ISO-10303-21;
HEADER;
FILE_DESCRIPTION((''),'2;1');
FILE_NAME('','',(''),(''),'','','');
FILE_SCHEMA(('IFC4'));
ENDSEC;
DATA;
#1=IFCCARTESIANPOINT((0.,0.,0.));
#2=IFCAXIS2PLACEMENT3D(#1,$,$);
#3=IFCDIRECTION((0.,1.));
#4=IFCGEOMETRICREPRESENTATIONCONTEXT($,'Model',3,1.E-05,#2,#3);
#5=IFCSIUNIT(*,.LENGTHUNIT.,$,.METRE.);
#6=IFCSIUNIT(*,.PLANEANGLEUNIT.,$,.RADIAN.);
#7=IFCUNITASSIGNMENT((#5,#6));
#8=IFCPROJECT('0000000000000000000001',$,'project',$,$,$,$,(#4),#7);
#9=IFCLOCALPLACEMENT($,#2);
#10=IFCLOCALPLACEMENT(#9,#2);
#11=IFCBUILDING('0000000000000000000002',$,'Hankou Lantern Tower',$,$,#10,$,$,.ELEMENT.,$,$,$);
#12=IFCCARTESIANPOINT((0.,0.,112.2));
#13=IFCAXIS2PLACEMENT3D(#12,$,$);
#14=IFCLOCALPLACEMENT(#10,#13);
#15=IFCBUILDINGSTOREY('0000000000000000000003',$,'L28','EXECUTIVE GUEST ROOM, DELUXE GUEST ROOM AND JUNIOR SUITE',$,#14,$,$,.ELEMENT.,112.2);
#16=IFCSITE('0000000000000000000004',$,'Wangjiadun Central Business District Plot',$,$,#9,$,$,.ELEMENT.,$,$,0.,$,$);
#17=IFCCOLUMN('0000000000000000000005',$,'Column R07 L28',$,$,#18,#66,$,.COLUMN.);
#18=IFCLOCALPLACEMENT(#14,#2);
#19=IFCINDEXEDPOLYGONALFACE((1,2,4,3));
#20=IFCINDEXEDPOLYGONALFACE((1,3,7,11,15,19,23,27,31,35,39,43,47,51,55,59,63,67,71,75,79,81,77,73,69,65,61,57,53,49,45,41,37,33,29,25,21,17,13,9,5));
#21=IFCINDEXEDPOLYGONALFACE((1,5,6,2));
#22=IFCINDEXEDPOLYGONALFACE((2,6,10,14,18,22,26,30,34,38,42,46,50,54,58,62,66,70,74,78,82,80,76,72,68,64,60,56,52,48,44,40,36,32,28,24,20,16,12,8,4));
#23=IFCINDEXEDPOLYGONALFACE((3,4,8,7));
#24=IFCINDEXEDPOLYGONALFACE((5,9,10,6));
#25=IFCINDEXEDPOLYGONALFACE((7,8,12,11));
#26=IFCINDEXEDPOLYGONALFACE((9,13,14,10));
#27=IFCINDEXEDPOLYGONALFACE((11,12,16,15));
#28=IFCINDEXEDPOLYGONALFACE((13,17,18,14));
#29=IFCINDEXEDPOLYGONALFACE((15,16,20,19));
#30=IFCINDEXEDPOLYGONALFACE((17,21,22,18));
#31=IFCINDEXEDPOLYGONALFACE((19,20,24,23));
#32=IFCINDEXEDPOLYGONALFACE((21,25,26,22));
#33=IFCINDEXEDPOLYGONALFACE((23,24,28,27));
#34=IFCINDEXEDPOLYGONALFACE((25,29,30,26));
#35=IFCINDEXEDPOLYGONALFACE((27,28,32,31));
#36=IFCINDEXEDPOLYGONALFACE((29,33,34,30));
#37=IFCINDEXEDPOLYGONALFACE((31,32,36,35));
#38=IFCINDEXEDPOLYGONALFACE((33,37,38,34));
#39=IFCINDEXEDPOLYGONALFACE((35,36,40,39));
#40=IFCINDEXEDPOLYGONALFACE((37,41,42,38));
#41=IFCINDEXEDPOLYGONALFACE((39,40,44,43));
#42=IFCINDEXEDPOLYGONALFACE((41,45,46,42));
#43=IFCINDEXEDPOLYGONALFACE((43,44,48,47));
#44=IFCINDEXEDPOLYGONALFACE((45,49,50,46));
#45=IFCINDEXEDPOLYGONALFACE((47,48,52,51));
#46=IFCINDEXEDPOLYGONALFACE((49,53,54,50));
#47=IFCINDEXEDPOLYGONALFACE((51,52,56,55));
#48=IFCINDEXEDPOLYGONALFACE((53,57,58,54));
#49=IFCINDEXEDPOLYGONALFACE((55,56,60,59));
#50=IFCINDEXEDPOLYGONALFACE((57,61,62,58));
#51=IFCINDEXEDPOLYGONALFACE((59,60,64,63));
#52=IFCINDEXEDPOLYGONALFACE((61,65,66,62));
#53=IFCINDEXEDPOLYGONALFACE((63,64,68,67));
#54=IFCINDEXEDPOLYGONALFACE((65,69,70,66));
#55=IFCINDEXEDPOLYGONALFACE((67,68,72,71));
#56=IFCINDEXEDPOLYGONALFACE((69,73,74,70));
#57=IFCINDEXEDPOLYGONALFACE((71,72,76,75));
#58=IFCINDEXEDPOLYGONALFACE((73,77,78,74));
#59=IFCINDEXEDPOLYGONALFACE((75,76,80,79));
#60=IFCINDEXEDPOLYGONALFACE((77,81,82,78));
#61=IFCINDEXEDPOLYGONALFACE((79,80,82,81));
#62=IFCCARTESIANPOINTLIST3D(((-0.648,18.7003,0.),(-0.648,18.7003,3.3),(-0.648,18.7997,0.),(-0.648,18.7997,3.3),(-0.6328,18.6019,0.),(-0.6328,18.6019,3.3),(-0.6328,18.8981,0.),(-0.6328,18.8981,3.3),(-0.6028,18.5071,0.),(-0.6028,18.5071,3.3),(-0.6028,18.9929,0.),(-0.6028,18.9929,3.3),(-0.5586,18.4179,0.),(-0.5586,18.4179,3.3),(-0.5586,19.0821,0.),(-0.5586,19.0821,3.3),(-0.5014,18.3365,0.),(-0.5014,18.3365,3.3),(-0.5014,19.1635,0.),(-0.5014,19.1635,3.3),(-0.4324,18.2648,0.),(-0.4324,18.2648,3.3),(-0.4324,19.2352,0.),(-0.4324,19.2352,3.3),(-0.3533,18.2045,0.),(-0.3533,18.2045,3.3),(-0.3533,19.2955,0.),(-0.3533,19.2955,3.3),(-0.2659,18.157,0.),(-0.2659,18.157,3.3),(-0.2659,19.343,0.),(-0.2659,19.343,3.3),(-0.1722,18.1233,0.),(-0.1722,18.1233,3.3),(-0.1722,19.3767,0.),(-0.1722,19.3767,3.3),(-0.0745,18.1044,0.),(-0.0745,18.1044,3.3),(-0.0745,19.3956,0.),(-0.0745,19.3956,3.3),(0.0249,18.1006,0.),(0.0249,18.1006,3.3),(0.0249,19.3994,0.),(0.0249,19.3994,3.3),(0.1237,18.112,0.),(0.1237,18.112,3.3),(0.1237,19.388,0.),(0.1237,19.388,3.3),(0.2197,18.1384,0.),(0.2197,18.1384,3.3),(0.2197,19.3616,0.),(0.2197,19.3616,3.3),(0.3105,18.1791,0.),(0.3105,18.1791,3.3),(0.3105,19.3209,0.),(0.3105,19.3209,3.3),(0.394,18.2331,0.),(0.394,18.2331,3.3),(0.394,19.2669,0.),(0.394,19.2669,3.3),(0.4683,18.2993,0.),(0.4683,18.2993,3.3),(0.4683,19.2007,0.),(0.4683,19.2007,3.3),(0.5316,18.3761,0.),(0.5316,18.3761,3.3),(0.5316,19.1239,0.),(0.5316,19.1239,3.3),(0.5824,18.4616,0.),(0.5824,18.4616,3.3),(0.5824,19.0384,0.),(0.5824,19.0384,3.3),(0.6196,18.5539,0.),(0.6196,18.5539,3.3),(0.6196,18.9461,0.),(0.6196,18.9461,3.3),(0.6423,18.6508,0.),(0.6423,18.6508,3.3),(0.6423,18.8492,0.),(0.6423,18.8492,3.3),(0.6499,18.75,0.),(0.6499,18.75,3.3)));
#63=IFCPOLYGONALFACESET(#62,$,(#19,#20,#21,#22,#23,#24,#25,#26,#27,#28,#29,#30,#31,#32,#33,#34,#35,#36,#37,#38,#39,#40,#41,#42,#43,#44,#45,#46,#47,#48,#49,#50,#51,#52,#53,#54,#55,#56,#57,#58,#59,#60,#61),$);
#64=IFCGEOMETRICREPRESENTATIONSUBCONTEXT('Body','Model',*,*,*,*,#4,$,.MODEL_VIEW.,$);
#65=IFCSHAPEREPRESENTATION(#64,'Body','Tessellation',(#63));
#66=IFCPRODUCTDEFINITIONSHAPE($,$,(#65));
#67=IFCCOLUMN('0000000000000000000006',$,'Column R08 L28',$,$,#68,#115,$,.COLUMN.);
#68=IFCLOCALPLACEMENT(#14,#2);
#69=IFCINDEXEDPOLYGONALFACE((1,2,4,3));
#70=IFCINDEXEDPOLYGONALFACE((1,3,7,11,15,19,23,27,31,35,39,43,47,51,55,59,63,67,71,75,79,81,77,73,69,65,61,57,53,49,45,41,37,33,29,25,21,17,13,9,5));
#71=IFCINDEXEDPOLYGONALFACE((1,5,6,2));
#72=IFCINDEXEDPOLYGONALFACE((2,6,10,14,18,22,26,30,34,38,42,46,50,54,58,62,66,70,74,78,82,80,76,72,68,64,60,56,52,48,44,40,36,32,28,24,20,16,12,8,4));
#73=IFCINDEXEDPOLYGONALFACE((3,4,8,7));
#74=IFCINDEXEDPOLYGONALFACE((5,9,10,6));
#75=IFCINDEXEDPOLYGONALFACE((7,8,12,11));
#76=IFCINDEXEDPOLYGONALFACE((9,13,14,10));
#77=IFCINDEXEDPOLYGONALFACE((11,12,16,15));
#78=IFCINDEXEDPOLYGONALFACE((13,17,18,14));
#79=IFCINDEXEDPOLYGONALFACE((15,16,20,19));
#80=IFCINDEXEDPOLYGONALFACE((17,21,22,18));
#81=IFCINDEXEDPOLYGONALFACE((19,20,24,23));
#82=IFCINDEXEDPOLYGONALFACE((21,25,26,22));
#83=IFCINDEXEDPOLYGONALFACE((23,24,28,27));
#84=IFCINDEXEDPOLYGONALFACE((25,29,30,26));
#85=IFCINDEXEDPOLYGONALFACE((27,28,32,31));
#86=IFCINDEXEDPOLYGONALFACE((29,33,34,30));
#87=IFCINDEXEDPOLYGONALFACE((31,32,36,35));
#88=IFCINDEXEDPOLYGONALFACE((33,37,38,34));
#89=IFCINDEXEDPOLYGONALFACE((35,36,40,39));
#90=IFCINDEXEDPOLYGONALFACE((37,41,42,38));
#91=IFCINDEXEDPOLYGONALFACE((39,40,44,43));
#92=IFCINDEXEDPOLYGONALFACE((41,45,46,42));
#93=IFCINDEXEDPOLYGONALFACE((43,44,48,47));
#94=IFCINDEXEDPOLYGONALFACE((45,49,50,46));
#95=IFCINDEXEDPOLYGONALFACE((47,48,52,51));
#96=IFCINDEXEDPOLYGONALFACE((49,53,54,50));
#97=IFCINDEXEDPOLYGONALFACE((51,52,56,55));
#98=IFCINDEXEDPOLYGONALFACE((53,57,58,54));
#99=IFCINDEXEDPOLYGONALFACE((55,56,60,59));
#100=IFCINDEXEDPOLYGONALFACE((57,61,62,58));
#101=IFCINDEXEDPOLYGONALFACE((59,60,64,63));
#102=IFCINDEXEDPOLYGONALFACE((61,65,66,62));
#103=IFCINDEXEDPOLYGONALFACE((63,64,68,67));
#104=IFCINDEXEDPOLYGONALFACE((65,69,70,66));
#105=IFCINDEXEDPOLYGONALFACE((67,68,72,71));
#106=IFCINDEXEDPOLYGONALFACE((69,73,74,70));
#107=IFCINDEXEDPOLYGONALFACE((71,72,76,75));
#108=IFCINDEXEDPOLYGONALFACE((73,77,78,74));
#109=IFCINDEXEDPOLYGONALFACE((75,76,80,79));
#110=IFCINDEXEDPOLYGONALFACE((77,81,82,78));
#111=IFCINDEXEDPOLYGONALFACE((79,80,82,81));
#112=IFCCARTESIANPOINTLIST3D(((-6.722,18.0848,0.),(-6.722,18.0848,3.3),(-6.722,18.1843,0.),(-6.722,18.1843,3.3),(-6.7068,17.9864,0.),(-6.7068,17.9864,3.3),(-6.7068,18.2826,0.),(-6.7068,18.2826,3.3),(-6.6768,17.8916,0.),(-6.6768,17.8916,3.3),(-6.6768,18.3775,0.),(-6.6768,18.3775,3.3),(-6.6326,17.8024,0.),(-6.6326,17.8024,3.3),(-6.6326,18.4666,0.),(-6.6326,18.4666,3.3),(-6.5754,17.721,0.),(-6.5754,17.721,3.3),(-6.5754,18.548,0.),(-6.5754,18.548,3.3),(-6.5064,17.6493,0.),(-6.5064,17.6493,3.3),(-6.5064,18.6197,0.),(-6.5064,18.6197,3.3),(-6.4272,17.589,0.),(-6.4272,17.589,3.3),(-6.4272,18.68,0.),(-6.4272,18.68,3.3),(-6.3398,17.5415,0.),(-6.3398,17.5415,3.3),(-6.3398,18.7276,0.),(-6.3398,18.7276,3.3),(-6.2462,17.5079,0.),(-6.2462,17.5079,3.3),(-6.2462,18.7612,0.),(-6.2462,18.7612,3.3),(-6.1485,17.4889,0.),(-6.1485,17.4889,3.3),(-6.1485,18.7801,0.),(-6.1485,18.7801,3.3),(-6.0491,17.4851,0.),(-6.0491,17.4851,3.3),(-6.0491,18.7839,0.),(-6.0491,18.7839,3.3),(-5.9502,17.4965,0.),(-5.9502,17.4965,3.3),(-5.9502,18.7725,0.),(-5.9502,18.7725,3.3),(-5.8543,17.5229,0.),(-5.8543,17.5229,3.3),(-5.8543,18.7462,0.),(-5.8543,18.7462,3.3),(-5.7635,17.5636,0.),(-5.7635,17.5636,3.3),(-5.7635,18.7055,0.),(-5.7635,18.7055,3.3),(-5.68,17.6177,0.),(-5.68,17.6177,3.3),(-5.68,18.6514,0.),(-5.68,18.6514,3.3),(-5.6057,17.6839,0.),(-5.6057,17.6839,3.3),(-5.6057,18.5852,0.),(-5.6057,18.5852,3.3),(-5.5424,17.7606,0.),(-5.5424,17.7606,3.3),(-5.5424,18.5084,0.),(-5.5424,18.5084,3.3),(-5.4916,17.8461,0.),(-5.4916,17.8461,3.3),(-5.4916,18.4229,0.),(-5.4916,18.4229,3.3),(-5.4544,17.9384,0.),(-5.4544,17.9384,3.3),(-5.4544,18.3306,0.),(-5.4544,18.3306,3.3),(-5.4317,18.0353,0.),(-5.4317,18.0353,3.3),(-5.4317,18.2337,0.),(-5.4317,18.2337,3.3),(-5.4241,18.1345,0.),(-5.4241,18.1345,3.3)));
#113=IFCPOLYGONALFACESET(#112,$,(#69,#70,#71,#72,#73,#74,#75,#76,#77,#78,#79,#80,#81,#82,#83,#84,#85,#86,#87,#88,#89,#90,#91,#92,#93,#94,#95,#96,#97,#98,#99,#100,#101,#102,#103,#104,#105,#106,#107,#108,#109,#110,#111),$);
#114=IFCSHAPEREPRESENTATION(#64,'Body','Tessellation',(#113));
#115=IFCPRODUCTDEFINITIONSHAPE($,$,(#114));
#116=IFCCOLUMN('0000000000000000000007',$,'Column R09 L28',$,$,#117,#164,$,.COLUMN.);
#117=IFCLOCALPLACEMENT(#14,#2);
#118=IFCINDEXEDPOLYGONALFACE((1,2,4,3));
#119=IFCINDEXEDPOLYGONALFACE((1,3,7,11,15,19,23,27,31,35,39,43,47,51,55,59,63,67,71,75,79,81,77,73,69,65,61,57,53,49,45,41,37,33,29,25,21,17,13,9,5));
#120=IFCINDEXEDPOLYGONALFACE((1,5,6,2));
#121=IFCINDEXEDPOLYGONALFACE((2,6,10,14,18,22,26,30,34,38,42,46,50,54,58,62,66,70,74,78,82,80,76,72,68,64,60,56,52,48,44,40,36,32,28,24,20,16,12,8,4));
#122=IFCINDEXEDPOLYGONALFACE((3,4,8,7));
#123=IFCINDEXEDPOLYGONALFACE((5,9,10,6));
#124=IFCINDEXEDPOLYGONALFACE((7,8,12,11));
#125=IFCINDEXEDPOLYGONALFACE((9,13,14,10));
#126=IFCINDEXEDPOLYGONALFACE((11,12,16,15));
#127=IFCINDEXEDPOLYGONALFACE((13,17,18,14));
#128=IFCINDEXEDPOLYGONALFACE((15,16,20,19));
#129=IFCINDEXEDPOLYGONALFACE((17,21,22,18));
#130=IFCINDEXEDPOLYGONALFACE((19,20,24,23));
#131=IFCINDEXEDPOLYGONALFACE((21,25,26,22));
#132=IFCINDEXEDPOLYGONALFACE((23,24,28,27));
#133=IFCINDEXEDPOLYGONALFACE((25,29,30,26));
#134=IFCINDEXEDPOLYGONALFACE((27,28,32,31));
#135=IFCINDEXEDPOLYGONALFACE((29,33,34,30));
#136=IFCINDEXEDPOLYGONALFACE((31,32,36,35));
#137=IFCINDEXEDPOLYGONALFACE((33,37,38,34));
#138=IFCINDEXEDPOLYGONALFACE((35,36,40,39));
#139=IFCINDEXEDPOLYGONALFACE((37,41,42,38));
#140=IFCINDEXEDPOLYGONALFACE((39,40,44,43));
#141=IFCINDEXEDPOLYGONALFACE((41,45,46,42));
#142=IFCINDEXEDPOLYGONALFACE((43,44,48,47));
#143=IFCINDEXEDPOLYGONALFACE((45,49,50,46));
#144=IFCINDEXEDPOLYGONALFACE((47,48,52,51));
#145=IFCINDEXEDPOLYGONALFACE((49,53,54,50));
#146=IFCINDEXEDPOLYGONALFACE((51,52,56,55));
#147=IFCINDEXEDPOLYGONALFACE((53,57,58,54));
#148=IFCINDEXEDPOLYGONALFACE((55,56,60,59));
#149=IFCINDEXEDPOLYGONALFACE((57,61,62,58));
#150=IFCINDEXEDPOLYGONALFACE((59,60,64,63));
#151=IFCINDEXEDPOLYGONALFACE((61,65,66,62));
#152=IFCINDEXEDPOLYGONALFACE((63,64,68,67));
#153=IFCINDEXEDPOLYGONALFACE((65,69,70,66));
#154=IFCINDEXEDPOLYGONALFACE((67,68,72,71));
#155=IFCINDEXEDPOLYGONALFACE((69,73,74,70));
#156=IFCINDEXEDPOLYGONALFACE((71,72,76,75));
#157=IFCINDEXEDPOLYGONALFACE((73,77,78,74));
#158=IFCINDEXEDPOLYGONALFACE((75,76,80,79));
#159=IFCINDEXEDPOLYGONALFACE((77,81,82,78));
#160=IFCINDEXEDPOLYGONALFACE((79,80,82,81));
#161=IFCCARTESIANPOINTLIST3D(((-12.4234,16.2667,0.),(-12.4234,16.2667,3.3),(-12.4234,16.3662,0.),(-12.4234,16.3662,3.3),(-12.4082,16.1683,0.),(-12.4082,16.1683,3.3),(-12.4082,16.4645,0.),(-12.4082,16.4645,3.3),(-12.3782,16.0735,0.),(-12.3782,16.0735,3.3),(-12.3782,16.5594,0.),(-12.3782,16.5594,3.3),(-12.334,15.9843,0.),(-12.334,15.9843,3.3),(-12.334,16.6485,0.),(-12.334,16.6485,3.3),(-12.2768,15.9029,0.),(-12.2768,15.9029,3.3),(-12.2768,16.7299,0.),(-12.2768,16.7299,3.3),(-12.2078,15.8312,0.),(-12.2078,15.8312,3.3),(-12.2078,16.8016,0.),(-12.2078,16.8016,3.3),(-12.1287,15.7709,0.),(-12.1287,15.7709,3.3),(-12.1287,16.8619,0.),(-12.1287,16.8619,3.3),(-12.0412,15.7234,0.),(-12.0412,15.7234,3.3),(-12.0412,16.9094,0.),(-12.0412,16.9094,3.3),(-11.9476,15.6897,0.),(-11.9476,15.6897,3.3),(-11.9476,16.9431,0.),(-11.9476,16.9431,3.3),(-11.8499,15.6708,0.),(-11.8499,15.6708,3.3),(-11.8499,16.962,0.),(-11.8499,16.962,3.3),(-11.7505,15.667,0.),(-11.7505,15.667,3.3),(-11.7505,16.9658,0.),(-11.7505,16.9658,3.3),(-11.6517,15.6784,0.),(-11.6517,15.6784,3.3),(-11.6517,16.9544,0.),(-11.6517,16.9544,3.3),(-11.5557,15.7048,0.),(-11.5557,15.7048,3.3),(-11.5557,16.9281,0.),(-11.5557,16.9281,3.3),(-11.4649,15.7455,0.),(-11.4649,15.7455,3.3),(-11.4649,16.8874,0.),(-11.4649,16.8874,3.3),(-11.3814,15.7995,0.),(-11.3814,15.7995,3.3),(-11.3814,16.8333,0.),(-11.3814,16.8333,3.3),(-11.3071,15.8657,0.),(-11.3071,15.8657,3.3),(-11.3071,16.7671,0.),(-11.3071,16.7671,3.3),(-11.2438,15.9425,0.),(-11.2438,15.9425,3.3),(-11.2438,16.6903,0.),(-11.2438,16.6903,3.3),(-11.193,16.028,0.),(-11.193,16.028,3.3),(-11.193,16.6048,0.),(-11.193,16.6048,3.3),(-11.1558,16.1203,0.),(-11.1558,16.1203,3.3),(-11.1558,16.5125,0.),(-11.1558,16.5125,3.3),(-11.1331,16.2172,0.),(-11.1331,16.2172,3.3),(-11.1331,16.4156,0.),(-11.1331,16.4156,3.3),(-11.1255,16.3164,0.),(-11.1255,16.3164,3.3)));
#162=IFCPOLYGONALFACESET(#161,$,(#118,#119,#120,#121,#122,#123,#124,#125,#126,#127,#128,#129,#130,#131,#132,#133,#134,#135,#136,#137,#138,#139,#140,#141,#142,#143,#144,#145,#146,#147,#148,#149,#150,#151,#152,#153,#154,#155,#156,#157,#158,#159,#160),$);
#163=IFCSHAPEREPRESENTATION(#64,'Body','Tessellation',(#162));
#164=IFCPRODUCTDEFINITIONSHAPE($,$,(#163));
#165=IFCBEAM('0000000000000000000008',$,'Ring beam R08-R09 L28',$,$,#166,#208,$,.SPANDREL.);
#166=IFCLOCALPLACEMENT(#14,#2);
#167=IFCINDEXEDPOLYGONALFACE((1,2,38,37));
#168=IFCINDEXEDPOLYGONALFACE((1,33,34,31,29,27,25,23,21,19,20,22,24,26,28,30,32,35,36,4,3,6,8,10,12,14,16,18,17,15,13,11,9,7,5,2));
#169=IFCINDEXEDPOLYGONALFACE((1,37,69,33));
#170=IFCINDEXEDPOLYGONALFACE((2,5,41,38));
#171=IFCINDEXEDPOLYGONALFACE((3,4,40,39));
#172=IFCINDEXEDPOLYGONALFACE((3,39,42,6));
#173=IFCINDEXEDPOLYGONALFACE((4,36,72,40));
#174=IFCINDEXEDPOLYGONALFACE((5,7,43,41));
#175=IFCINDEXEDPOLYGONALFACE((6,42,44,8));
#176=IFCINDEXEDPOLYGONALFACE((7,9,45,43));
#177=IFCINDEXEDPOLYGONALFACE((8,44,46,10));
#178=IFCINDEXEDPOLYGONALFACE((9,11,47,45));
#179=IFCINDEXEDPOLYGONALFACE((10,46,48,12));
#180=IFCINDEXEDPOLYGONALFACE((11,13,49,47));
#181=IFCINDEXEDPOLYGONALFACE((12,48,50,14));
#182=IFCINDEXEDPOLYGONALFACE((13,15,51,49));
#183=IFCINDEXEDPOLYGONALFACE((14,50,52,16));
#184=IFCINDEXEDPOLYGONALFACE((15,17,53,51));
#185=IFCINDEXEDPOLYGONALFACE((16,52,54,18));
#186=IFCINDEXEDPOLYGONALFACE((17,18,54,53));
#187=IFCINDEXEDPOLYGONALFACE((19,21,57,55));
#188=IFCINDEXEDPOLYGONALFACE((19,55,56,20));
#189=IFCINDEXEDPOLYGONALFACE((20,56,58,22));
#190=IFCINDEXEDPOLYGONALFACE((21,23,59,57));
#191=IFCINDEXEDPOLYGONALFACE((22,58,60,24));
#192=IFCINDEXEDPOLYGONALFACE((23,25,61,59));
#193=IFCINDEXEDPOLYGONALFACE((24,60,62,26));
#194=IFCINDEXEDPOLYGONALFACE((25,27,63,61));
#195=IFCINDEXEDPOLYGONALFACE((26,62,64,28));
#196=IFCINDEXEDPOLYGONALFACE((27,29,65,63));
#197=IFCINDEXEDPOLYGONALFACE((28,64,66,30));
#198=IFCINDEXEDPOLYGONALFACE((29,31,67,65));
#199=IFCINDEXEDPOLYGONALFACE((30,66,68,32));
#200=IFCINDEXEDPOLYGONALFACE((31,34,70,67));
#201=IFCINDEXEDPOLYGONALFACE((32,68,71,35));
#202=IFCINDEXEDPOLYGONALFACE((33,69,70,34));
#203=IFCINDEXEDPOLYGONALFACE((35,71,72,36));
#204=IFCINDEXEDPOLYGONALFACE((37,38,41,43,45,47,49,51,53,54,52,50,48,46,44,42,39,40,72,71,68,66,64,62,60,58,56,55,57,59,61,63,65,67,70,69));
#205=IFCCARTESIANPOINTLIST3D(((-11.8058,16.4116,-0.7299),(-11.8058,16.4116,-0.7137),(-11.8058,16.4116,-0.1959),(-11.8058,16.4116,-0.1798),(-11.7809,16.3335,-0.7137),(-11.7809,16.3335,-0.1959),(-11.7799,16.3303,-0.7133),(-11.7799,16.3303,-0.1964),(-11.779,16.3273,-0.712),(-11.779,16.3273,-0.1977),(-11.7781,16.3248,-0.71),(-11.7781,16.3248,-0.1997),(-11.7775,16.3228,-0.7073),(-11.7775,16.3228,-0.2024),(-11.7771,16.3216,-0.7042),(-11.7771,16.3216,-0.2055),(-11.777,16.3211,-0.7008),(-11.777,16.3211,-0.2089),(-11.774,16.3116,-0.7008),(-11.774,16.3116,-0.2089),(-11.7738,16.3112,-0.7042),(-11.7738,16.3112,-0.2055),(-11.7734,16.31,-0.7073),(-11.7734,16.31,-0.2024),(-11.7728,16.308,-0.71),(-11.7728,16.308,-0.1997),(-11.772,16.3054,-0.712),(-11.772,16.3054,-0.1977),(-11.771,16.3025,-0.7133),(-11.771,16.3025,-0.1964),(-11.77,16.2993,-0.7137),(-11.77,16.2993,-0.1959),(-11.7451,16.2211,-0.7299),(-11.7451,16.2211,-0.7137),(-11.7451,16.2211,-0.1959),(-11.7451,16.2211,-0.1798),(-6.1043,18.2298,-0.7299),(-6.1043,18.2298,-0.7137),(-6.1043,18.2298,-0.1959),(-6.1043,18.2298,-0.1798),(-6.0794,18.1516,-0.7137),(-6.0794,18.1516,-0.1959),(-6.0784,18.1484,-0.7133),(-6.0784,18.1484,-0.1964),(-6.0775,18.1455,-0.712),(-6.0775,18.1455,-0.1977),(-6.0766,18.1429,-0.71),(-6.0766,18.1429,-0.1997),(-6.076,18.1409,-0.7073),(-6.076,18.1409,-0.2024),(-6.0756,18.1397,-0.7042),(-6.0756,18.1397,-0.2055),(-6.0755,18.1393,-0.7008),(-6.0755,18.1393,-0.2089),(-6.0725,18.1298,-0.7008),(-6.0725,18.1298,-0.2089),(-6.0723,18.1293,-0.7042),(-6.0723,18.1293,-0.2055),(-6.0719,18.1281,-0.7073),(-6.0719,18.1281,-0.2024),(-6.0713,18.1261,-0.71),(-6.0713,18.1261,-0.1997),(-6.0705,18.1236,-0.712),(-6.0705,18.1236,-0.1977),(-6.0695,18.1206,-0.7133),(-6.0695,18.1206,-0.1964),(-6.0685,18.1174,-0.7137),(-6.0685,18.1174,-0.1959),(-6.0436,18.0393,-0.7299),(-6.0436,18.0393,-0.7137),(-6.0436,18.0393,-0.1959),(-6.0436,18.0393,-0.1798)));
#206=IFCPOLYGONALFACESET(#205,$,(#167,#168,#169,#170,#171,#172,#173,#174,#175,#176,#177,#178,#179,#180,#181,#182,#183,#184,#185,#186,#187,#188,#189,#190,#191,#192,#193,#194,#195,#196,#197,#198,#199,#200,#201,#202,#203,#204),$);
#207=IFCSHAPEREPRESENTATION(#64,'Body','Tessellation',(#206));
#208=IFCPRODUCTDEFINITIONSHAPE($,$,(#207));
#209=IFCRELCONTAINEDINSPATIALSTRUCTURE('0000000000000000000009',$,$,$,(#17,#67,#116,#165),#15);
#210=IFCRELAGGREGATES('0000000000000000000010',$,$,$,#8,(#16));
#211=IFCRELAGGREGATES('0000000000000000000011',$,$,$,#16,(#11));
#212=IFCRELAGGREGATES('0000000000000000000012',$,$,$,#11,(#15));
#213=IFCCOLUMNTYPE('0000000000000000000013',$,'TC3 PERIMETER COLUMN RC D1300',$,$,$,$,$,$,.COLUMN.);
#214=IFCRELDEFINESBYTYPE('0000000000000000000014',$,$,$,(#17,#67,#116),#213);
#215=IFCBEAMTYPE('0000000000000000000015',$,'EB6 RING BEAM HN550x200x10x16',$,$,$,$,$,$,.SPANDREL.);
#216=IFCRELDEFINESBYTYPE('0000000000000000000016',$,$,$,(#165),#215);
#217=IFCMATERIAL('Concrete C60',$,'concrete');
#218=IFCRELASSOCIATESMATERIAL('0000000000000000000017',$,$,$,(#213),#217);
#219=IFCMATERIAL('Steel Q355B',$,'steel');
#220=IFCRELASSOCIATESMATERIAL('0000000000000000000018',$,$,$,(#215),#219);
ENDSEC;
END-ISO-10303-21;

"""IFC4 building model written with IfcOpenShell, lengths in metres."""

from ifc_helpers import new_model, si_unit, direction, frame, origin, origin_2d, place, context, subcontext, project, spatial, circle, i_section, extrude, material, material_profile, profile_set, type_object, element, save


model = new_model("IFC4")

# Units and contexts
model_context = context("Model", 3, precision=1e-05, world=origin(), true_north=direction((0.0, 1.0)))
body_context = subcontext(model_context, "Body", "Model", "MODEL_VIEW")
ifc_project = project(units=[si_unit("LENGTHUNIT", "METRE"), si_unit("PLANEANGLEUNIT", "RADIAN")], contexts=[model_context])

# Site, building, storey
site_placement = place(None, origin())
site = spatial("IfcSite", under=ifc_project, at=site_placement, Name="Wangjiadun Central Business District Plot", CompositionType="ELEMENT", RefElevation=0.0)
building_placement = place(site_placement, origin())
building = spatial("IfcBuilding", under=site, at=building_placement, Name="Hankou Lantern Tower", CompositionType="ELEMENT")
storey_placement = place(building_placement, frame((0.0, 0.0, 112.2)))
storey = spatial("IfcBuildingStorey", under=building, at=storey_placement, Name="L28", Description="EXECUTIVE GUEST ROOM, DELUXE GUEST ROOM AND JUNIOR SUITE", CompositionType="ELEMENT", Elevation=112.2)

# Columns
ifc_material_1 = material(Name="Concrete C60", Category="concrete")
ifc_material_profile_1 = material_profile(ifc_material_1, circle(Radius=0.6499, at=origin_2d()), Name="RC D1300")
ifc_profile_set_1 = profile_set([ifc_material_profile_1], Name="Concrete C60")
column_type = type_object("IfcColumnType", Name="TC3 PERIMETER COLUMN RC D1300", PredefinedType="COLUMN", material=ifc_profile_set_1)
for number, where, z_axis, x_axis, name in (
    (1, (0.0, 18.75, 0.0), (0.0, 0.0, 1.0), (1.0, 0.0, 0.0), "Column R07 L28"),
    (2, (-6.074, 18.1345, 0.0), (0.0, 0.0, 1.0), (1.0, 0.0, 0.0), "Column R08 L28"),
    (3, (-11.7754, 16.3164, 0.0), (0.0, 0.0, 1.0), (1.0, 0.0, 0.0), "Column R09 L28"),
):
    element("IfcColumn", number, at=place(storey_placement, frame(where, z_axis=z_axis, x_axis=x_axis)), inside=storey, type_object=column_type, Name=name, PredefinedType="COLUMN", context=body_context, shape_type="SweptSolid", body=[
        extrude(circle(Radius=0.6499, at=origin_2d()), origin(), (0.0, 0.0, 1.0), 3.3),
    ])

# Beam
ifc_material_2 = material(Name="Steel Q355B", Category="steel")
ifc_material_profile_2 = material_profile(ifc_material_2, i_section(OverallWidth=0.2, OverallDepth=0.55, WebThickness=0.01, FlangeThickness=0.0161, FilletRadius=0.0129, at=origin_2d()), Name="HN550x200x10x16")
ifc_profile_set_2 = profile_set([ifc_material_profile_2], Name="Steel Q355B")
beam_type_1 = type_object("IfcBeamType", Name="EB6 RING BEAM HN550x200x10x16", PredefinedType="SPANDREL", material=ifc_profile_set_2)
beam_1_placement = place(storey_placement, frame((-6.074, 18.1345, -0.4548), z_axis=(-0.952731, -0.303815, 0.0), x_axis=(0.303815, -0.952731, 0.0)))
element("IfcBeam", 4, at=beam_1_placement, inside=storey, type_object=beam_type_1, Name="Ring beam R08-R09 L28", PredefinedType="SPANDREL", context=body_context, shape_type="SweptSolid", body=[
    extrude(i_section(OverallWidth=0.2, OverallDepth=0.55, WebThickness=0.01, FlangeThickness=0.0161, FilletRadius=0.0129, at=origin_2d()), origin(), (0.0, 0.0, 1.0), 5.9844),
])

save(model, "model.ifc")
